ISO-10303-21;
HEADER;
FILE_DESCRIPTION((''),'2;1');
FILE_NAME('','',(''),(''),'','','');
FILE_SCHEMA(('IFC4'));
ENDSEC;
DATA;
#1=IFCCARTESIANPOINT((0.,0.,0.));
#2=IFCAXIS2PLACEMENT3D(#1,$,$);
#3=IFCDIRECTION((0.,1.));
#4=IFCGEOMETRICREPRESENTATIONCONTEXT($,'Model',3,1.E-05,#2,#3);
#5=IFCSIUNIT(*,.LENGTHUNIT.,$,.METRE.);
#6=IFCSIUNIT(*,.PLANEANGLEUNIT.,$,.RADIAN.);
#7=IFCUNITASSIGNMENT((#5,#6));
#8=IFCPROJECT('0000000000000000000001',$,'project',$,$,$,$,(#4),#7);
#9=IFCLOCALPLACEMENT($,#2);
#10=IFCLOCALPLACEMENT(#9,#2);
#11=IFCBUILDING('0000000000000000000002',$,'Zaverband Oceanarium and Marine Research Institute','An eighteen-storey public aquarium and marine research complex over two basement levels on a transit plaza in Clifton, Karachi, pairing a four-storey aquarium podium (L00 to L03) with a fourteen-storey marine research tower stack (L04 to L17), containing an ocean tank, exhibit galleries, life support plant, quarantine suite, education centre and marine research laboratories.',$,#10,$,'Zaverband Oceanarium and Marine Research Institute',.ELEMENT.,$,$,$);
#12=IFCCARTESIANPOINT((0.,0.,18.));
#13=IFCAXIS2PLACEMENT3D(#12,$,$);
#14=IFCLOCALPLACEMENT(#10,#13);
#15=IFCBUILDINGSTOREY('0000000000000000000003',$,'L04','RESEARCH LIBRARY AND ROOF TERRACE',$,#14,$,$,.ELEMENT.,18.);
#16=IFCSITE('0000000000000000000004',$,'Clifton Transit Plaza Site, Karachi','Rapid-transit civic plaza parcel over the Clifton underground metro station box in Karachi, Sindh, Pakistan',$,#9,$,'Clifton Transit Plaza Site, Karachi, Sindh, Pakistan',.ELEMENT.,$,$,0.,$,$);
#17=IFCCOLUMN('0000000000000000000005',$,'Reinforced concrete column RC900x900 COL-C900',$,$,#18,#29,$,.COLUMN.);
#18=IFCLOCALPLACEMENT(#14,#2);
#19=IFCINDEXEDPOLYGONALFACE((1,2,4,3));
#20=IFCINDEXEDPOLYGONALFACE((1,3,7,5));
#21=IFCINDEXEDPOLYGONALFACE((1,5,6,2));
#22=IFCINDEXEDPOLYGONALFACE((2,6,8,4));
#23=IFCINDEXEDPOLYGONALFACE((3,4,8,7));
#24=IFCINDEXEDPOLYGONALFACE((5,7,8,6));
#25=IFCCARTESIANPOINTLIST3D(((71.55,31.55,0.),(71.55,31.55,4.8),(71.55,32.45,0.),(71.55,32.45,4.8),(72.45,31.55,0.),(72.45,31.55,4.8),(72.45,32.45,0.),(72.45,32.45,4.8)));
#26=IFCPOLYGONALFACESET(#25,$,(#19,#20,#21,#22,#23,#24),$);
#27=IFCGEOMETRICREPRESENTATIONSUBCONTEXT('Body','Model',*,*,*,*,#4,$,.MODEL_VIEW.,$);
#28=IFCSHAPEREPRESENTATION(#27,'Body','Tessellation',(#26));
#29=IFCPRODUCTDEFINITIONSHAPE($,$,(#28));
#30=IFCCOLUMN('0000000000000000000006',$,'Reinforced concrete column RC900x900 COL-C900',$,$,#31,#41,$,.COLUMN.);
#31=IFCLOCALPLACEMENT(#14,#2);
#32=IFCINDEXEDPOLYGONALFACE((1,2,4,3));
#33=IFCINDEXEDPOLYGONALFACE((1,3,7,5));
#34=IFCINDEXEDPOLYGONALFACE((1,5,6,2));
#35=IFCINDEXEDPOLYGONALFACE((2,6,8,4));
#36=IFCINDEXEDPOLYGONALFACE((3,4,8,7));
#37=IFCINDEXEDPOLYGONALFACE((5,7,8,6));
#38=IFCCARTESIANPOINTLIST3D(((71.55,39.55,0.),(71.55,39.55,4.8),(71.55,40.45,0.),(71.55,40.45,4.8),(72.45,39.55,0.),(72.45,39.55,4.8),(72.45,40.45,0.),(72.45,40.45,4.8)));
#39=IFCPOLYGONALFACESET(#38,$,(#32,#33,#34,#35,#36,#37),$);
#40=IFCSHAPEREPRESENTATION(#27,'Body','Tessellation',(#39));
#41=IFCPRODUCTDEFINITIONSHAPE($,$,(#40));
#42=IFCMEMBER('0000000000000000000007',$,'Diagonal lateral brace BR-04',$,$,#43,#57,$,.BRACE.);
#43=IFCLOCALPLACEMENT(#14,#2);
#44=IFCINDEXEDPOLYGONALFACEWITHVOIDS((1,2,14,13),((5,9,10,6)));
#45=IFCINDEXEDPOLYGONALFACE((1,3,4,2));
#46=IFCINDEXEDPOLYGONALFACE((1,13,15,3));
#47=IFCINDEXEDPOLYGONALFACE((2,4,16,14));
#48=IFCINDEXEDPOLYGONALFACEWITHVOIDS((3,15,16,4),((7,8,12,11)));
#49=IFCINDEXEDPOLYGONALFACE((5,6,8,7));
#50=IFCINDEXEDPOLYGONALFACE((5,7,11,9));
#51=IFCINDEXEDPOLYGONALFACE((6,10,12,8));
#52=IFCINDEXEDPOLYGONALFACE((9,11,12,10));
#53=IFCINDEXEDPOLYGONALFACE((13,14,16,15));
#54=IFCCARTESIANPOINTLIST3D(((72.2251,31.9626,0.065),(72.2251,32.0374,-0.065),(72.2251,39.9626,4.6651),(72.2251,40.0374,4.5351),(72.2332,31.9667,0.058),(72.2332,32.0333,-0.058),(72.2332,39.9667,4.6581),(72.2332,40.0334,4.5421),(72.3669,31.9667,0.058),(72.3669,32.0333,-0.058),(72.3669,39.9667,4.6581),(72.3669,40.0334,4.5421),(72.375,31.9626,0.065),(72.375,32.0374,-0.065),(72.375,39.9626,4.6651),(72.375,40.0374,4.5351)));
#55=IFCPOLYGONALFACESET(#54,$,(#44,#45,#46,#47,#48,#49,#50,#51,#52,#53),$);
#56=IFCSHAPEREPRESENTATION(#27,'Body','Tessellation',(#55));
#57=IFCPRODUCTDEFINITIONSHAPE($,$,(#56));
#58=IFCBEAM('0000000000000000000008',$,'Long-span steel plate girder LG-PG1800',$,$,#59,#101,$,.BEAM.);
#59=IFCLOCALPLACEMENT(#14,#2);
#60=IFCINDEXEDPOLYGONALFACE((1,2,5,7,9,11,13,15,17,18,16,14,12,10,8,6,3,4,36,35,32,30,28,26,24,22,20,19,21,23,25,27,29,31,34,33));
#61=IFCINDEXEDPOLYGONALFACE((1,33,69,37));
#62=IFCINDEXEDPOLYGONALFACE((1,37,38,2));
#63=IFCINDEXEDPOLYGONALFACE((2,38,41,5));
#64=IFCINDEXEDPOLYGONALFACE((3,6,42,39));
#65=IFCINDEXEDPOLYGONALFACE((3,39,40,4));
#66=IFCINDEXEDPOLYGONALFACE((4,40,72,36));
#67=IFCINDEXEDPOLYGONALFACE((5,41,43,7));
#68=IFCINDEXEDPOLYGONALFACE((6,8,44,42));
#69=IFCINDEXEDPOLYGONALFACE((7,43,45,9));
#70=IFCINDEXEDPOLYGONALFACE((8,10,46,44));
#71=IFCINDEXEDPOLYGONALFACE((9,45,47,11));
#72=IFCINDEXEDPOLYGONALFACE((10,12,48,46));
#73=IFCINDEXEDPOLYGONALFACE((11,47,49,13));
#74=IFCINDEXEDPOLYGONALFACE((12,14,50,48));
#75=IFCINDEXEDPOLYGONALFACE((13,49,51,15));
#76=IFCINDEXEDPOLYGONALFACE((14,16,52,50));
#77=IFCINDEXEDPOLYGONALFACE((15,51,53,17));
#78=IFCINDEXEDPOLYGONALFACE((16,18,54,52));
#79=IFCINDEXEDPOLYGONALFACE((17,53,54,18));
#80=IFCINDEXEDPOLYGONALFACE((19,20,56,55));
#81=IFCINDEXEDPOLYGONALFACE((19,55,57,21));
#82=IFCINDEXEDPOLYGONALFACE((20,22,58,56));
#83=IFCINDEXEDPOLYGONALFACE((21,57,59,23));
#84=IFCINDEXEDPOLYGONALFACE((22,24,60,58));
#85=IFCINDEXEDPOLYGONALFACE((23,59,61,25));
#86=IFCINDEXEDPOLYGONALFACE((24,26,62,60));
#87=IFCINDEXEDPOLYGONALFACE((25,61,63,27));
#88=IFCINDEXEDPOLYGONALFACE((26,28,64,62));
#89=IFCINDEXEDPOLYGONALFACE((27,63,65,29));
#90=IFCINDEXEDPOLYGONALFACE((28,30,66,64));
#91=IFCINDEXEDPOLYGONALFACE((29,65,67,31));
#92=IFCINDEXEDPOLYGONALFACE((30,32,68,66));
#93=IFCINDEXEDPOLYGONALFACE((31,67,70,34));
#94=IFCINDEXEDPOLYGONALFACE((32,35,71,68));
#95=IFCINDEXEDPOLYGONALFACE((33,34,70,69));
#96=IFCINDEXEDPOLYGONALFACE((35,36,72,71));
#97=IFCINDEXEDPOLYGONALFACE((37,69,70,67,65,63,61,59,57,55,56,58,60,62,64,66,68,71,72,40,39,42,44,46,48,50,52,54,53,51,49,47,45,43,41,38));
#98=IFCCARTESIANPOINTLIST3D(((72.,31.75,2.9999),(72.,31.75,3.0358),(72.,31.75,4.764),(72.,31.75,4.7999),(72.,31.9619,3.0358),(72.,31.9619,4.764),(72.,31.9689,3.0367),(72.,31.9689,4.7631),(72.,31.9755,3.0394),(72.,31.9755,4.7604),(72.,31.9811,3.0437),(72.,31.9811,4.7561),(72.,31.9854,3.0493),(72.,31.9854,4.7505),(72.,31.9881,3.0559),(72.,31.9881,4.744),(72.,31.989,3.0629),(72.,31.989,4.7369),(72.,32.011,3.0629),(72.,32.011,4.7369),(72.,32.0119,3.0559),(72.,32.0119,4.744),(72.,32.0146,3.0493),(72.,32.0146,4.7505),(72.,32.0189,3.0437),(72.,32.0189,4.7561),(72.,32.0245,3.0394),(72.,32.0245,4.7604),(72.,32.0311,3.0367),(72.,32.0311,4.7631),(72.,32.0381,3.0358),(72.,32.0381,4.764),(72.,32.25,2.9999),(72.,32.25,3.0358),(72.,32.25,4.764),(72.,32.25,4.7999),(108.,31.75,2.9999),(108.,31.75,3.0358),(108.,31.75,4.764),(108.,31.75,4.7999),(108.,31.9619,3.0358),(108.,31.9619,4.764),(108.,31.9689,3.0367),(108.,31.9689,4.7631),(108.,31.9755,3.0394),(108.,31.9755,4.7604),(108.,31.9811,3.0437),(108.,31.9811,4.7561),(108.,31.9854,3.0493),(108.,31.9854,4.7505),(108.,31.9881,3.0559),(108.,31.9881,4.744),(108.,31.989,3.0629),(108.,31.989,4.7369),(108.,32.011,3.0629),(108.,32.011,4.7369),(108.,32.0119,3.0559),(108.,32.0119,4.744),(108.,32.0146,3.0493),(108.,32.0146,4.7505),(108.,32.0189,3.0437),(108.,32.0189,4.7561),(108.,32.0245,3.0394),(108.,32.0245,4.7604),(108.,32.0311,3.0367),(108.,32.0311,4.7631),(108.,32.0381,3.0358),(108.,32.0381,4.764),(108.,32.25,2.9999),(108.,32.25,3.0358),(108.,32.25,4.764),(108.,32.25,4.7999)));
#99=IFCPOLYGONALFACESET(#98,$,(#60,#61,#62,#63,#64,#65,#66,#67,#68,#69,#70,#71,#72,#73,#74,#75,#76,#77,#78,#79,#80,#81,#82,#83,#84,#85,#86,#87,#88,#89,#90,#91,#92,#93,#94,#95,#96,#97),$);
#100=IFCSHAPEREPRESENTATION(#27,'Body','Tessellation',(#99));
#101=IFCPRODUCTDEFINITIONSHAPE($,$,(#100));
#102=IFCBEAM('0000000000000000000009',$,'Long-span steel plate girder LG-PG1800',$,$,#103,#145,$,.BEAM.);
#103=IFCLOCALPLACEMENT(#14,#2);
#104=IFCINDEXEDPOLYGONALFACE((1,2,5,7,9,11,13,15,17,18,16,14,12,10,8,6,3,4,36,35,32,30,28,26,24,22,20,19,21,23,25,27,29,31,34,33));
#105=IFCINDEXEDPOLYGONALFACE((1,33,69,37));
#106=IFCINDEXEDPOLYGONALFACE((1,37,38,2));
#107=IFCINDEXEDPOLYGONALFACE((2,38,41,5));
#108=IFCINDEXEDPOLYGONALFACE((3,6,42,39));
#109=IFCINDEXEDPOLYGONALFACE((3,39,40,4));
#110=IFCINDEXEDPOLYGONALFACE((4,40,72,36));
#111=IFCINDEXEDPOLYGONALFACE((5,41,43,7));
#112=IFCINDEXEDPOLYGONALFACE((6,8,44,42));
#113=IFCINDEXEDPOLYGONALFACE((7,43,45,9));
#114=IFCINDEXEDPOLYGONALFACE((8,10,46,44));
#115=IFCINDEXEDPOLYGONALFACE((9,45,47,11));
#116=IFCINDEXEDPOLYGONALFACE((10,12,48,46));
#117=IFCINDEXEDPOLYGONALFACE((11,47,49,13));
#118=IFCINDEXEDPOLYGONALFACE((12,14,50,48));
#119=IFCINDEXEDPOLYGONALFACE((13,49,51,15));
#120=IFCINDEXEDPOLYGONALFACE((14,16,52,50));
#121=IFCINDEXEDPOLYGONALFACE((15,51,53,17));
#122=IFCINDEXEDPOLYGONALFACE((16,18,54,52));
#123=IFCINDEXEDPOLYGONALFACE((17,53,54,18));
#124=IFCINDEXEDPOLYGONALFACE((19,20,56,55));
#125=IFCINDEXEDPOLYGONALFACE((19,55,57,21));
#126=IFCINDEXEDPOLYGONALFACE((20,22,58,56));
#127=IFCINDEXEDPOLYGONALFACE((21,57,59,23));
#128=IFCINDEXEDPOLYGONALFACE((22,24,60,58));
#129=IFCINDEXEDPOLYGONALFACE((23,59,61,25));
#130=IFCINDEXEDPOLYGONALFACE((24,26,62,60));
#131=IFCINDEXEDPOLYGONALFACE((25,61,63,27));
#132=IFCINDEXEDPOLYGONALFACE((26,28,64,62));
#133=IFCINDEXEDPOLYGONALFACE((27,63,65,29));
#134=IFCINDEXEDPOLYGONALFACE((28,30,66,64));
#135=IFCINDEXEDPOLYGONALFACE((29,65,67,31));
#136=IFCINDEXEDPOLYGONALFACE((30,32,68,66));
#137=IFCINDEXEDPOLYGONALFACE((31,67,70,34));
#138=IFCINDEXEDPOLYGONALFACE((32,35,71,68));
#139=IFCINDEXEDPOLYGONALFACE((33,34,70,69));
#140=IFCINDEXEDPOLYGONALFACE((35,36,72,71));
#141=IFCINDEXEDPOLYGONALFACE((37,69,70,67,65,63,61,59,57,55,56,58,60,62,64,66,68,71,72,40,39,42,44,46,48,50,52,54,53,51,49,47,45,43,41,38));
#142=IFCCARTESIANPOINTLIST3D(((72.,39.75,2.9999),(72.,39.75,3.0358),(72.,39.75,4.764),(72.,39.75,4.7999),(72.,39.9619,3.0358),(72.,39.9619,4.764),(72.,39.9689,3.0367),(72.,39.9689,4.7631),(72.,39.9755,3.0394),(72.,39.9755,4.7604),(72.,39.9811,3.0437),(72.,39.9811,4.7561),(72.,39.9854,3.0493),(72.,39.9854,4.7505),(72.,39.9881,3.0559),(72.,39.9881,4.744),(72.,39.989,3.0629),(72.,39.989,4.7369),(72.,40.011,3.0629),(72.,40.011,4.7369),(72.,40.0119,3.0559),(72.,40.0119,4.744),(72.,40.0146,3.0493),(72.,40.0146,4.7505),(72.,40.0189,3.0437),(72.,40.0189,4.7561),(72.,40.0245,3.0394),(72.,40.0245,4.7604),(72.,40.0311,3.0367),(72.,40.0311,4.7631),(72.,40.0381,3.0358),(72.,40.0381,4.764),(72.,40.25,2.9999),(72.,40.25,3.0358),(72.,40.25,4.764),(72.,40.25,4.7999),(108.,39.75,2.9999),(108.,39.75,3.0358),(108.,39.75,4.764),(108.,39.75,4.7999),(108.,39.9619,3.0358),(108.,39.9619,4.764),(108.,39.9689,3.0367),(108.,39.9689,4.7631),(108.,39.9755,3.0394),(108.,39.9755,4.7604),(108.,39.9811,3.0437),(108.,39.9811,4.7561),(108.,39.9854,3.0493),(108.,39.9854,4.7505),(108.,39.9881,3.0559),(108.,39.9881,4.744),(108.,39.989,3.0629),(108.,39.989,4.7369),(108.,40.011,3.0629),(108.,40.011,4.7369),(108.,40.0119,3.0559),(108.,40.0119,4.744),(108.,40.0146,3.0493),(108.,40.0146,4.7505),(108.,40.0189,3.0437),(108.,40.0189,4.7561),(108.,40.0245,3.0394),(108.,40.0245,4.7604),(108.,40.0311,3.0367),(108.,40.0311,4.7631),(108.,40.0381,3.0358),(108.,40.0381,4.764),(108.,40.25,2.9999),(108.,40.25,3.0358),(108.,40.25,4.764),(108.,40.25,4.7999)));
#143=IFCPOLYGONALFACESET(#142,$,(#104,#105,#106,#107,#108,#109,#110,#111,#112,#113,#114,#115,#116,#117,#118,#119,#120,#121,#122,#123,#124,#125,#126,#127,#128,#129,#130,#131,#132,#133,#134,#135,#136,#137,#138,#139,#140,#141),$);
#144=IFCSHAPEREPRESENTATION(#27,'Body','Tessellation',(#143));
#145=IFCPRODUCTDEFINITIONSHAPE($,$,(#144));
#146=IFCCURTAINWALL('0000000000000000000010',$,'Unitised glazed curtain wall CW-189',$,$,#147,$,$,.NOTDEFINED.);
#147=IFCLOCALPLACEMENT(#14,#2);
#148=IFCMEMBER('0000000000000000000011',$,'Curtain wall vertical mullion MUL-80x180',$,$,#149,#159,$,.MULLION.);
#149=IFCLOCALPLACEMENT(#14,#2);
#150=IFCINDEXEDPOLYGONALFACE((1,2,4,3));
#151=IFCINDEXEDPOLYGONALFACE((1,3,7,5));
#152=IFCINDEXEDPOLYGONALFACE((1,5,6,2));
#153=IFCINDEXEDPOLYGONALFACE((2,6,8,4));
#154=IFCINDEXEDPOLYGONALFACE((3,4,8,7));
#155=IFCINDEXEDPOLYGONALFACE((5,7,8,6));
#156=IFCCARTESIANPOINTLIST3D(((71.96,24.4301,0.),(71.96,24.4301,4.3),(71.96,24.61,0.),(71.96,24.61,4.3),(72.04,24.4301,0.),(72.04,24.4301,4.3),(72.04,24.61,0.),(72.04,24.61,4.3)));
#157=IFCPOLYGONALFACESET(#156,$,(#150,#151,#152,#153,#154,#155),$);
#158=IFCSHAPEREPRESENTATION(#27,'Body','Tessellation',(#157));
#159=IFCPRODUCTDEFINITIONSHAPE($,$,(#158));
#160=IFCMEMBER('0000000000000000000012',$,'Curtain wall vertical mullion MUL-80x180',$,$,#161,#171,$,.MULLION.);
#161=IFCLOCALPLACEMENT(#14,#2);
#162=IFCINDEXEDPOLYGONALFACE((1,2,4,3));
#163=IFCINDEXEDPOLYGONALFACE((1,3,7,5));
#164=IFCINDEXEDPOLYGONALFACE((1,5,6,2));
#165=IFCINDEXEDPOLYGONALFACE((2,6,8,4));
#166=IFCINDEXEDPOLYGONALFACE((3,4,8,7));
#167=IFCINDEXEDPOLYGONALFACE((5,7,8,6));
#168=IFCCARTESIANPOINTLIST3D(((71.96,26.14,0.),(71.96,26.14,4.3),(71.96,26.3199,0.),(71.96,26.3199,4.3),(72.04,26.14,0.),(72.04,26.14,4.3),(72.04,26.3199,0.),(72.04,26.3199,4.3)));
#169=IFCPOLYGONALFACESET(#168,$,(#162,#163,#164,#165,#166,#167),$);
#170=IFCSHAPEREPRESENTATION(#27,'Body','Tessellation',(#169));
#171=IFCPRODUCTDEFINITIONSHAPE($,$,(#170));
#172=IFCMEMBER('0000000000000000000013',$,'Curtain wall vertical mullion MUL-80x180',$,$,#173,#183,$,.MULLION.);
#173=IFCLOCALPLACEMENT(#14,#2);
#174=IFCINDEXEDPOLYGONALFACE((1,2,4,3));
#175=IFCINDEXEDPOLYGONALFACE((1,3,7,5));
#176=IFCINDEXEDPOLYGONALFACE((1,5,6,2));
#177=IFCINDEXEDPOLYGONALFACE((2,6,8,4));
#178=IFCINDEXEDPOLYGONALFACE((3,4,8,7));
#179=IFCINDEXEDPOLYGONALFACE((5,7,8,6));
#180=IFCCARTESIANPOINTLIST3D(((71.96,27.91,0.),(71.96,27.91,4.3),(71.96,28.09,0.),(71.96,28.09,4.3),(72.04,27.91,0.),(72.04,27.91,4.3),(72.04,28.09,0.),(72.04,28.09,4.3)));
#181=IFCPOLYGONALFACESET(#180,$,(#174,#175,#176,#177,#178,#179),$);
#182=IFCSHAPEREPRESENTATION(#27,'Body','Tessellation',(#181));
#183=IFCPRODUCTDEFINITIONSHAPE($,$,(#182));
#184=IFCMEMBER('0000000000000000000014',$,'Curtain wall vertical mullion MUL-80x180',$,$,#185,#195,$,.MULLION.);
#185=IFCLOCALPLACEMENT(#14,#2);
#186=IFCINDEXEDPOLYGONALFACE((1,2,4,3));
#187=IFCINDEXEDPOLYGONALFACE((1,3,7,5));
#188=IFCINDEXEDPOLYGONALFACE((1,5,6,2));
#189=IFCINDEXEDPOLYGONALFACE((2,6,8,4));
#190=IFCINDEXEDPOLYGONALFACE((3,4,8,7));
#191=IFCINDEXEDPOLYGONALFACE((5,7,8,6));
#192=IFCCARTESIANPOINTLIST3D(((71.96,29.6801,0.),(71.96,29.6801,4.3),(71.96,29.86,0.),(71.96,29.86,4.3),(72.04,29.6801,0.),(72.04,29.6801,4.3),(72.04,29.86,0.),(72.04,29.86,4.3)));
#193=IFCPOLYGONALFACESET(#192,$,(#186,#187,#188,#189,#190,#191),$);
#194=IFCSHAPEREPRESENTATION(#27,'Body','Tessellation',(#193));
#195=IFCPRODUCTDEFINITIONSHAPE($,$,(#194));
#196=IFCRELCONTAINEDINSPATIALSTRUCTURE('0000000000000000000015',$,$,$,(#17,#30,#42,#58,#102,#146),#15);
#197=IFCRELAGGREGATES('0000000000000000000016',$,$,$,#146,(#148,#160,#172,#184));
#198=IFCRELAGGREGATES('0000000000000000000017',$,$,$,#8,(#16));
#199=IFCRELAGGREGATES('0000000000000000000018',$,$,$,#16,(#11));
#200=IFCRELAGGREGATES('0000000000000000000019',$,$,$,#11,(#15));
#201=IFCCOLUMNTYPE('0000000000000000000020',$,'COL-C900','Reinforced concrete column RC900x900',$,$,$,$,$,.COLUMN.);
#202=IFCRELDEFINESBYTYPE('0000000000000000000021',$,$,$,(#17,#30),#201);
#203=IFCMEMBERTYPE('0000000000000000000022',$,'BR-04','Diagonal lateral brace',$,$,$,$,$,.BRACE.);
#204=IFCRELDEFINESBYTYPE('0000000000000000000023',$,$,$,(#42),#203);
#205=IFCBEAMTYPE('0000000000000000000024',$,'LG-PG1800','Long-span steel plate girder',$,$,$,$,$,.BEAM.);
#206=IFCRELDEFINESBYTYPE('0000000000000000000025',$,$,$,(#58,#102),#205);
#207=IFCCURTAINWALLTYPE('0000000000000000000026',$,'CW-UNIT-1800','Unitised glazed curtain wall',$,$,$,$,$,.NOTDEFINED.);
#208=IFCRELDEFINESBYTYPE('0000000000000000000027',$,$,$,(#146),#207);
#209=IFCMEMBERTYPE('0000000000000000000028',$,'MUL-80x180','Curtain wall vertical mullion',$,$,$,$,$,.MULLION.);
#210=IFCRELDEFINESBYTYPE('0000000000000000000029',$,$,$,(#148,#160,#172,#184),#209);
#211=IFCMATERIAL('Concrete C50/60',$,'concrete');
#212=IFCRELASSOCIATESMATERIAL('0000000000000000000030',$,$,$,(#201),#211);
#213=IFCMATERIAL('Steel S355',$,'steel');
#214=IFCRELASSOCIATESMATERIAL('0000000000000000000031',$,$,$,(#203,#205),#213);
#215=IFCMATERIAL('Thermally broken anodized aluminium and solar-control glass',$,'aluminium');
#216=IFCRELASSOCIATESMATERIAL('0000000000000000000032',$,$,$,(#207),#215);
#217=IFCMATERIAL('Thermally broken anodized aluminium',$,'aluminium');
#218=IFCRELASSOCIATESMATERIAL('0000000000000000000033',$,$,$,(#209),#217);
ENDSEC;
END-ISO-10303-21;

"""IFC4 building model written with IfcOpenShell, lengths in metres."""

from ifc_helpers import new_model, si_unit, direction, frame, origin, origin_2d, place, context, subcontext, project, spatial, rectangle, hollow_rectangle, i_section, extrude, material, material_profile, profile_set, type_object, element, aggregate, save


model = new_model("IFC4")

# Units and contexts
model_context = context("Model", 3, precision=1e-05, world=origin(), true_north=direction((0.0, 1.0)))
body_context = subcontext(model_context, "Body", "Model", "MODEL_VIEW")
ifc_project = project(units=[si_unit("LENGTHUNIT", "METRE"), si_unit("PLANEANGLEUNIT", "RADIAN")], contexts=[model_context])

# Site, building, storey
site_placement = place(None, origin())
site = spatial("IfcSite", under=ifc_project, at=site_placement, Name="Clifton Transit Plaza Site, Karachi", Description="Rapid-transit civic plaza parcel over the Clifton underground metro station box in Karachi, Sindh, Pakistan", LongName="Clifton Transit Plaza Site, Karachi, Sindh, Pakistan", CompositionType="ELEMENT", RefElevation=0.0)
building_placement = place(site_placement, origin())
building = spatial("IfcBuilding", under=site, at=building_placement, Name="Zaverband Oceanarium and Marine Research Institute", Description="An eighteen-storey public aquarium and marine research complex over two basement levels on a transit plaza in Clifton, Karachi, pairing a four-storey aquarium podium (L00 to L03) with a fourteen-storey marine research tower stack (L04 to L17), containing an ocean tank, exhibit galleries, life support plant, quarantine suite, education centre and marine research laboratories.", LongName="Zaverband Oceanarium and Marine Research Institute", CompositionType="ELEMENT")
storey_placement = place(building_placement, frame((0.0, 0.0, 18.0)))
storey = spatial("IfcBuildingStorey", under=building, at=storey_placement, Name="L04", Description="RESEARCH LIBRARY AND ROOF TERRACE", CompositionType="ELEMENT", Elevation=18.0)

# Columns
ifc_material_1 = material(Name="Concrete C50/60", Category="concrete")
ifc_material_profile_1 = material_profile(ifc_material_1, rectangle(XDim=0.8999, YDim=0.8999, at=origin_2d()), Name="RC900x900")
ifc_profile_set_1 = profile_set([ifc_material_profile_1], Name="Concrete C50/60")
column_type = type_object("IfcColumnType", Name="COL-C900", Description="Reinforced concrete column RC900x900", PredefinedType="COLUMN", material=ifc_profile_set_1)
for number, where, z_axis, x_axis, name in (
    (1, (72.0, 32.0, 0.0), (0.0, 0.0, 1.0), (1.0, 0.0, 0.0), "Reinforced concrete column RC900x900 COL-C900"),
    (2, (72.0, 40.0, 0.0), (0.0, 0.0, 1.0), (1.0, 0.0, 0.0), "Reinforced concrete column RC900x900 COL-C900"),
):
    element("IfcColumn", number, at=place(storey_placement, frame(where, z_axis=z_axis, x_axis=x_axis)), inside=storey, type_object=column_type, Name=name, PredefinedType="COLUMN", context=body_context, shape_type="SweptSolid", body=[
        extrude(rectangle(XDim=0.8999, YDim=0.8999, at=origin_2d()), origin(), (0.0, 0.0, 1.0), 4.8),
    ])

# Member
ifc_material_2 = material(Name="Steel S355", Category="steel")
ifc_material_profile_2 = material_profile(ifc_material_2, hollow_rectangle(XDim=0.1499, YDim=0.1499, WallThickness=0.0081, at=origin_2d()), Name="SHS150x150x8")
ifc_profile_set_2 = profile_set([ifc_material_profile_2], Name="Steel S355")
member_type_1 = type_object("IfcMemberType", Name="BR-04", Description="Diagonal lateral brace", PredefinedType="BRACE", material=ifc_profile_set_2)
member_1_placement = place(storey_placement, frame((72.3, 32.0, 0.0), z_axis=(0.0, 0.866902, 0.498479), x_axis=(-1.0, 0.0, 0.0)))
element("IfcMember", 3, at=member_1_placement, inside=storey, type_object=member_type_1, Name="Diagonal lateral brace BR-04", PredefinedType="BRACE", context=body_context, shape_type="SweptSolid", body=[
    extrude(hollow_rectangle(XDim=0.1499, YDim=0.1499, WallThickness=0.0081, at=origin_2d()), origin(), (0.0, 0.0, 1.0), 9.2283),
])

# Beams
ifc_material_profile_3 = material_profile(ifc_material_2, i_section(OverallWidth=0.5, OverallDepth=1.8, WebThickness=0.022, FlangeThickness=0.0359, FilletRadius=0.0271, at=origin_2d()), Name="PG1800x500")
ifc_profile_set_3 = profile_set([ifc_material_profile_3], Name="Steel S355")
beam_type_1 = type_object("IfcBeamType", Name="LG-PG1800", Description="Long-span steel plate girder", PredefinedType="BEAM", material=ifc_profile_set_3)
for number, where, z_axis, x_axis, name in (
    (4, (72.0, 32.0, 3.8999), (1.0, 0.0, 0.0), (0.0, 1.0, 0.0), "Long-span steel plate girder LG-PG1800"),
    (5, (72.0, 40.0, 3.8999), (1.0, 0.0, 0.0), (0.0, 1.0, 0.0), "Long-span steel plate girder LG-PG1800"),
):
    element("IfcBeam", number, at=place(storey_placement, frame(where, z_axis=z_axis, x_axis=x_axis)), inside=storey, type_object=beam_type_1, Name=name, PredefinedType="BEAM", context=body_context, shape_type="SweptSolid", body=[
        extrude(i_section(OverallWidth=0.5, OverallDepth=1.8, WebThickness=0.022, FlangeThickness=0.0359, FilletRadius=0.0271, at=origin_2d()), origin(), (0.0, 0.0, 1.0), 36.0),
    ])

# Curtain wall, members
ifc_material_3 = material(Name="Thermally broken anodized aluminium and solar-control glass", Category="aluminium")
curtain_wall_type = type_object("IfcCurtainWallType", Name="CW-UNIT-1800", Description="Unitised glazed curtain wall", PredefinedType="NOTDEFINED", material=ifc_material_3)
curtain_wall_placement = place(storey_placement, origin())
curtain_wall = element("IfcCurtainWall", 6, at=curtain_wall_placement, inside=storey, type_object=curtain_wall_type, Name="Unitised glazed curtain wall CW-189", PredefinedType="NOTDEFINED")
ifc_material_4 = material(Name="Thermally broken anodized aluminium", Category="aluminium")
ifc_material_profile_4 = material_profile(ifc_material_4, rectangle(XDim=0.0801, YDim=0.1799, at=origin_2d()), Name="AL-MUL-80x180")
ifc_profile_set_4 = profile_set([ifc_material_profile_4], Name="Thermally broken anodized aluminium")
member_type_2 = type_object("IfcMemberType", Name="MUL-80x180", Description="Curtain wall vertical mullion", PredefinedType="MULLION", material=ifc_profile_set_4)
member_2_placement = place(storey_placement, frame((72.0, 24.52, 0.0), z_axis=(0.0, 0.0, 1.0), x_axis=(1.0, 0.0, 0.0)))
member_2 = element("IfcMember", 7, at=member_2_placement, type_object=member_type_2, Name="Curtain wall vertical mullion MUL-80x180", PredefinedType="MULLION", context=body_context, shape_type="SweptSolid", body=[
    extrude(rectangle(XDim=0.0801, YDim=0.1799, at=origin_2d()), origin(), (0.0, 0.0, 1.0), 4.3),
])
member_3_placement = place(storey_placement, frame((72.0, 26.23, 0.0), z_axis=(0.0, 0.0, 1.0), x_axis=(1.0, 0.0, 0.0)))
member_3 = element("IfcMember", 8, at=member_3_placement, type_object=member_type_2, Name="Curtain wall vertical mullion MUL-80x180", PredefinedType="MULLION", context=body_context, shape_type="SweptSolid", body=[
    extrude(rectangle(XDim=0.0801, YDim=0.1799, at=origin_2d()), origin(), (0.0, 0.0, 1.0), 4.3),
])
member_4_placement = place(storey_placement, frame((72.0, 28.0, 0.0), z_axis=(0.0, 0.0, 1.0), x_axis=(1.0, 0.0, 0.0)))
member_4 = element("IfcMember", 9, at=member_4_placement, type_object=member_type_2, Name="Curtain wall vertical mullion MUL-80x180", PredefinedType="MULLION", context=body_context, shape_type="SweptSolid", body=[
    extrude(rectangle(XDim=0.0801, YDim=0.1799, at=origin_2d()), origin(), (0.0, 0.0, 1.0), 4.3),
])
member_5_placement = place(storey_placement, frame((72.0, 29.77, 0.0), z_axis=(0.0, 0.0, 1.0), x_axis=(1.0, 0.0, 0.0)))
member_5 = element("IfcMember", 10, at=member_5_placement, type_object=member_type_2, Name="Curtain wall vertical mullion MUL-80x180", PredefinedType="MULLION", context=body_context, shape_type="SweptSolid", body=[
    extrude(rectangle(XDim=0.0801, YDim=0.1799, at=origin_2d()), origin(), (0.0, 0.0, 1.0), 4.3),
])

aggregate(curtain_wall, [member_2, member_3, member_4, member_5])

save(model, "model.ifc")
